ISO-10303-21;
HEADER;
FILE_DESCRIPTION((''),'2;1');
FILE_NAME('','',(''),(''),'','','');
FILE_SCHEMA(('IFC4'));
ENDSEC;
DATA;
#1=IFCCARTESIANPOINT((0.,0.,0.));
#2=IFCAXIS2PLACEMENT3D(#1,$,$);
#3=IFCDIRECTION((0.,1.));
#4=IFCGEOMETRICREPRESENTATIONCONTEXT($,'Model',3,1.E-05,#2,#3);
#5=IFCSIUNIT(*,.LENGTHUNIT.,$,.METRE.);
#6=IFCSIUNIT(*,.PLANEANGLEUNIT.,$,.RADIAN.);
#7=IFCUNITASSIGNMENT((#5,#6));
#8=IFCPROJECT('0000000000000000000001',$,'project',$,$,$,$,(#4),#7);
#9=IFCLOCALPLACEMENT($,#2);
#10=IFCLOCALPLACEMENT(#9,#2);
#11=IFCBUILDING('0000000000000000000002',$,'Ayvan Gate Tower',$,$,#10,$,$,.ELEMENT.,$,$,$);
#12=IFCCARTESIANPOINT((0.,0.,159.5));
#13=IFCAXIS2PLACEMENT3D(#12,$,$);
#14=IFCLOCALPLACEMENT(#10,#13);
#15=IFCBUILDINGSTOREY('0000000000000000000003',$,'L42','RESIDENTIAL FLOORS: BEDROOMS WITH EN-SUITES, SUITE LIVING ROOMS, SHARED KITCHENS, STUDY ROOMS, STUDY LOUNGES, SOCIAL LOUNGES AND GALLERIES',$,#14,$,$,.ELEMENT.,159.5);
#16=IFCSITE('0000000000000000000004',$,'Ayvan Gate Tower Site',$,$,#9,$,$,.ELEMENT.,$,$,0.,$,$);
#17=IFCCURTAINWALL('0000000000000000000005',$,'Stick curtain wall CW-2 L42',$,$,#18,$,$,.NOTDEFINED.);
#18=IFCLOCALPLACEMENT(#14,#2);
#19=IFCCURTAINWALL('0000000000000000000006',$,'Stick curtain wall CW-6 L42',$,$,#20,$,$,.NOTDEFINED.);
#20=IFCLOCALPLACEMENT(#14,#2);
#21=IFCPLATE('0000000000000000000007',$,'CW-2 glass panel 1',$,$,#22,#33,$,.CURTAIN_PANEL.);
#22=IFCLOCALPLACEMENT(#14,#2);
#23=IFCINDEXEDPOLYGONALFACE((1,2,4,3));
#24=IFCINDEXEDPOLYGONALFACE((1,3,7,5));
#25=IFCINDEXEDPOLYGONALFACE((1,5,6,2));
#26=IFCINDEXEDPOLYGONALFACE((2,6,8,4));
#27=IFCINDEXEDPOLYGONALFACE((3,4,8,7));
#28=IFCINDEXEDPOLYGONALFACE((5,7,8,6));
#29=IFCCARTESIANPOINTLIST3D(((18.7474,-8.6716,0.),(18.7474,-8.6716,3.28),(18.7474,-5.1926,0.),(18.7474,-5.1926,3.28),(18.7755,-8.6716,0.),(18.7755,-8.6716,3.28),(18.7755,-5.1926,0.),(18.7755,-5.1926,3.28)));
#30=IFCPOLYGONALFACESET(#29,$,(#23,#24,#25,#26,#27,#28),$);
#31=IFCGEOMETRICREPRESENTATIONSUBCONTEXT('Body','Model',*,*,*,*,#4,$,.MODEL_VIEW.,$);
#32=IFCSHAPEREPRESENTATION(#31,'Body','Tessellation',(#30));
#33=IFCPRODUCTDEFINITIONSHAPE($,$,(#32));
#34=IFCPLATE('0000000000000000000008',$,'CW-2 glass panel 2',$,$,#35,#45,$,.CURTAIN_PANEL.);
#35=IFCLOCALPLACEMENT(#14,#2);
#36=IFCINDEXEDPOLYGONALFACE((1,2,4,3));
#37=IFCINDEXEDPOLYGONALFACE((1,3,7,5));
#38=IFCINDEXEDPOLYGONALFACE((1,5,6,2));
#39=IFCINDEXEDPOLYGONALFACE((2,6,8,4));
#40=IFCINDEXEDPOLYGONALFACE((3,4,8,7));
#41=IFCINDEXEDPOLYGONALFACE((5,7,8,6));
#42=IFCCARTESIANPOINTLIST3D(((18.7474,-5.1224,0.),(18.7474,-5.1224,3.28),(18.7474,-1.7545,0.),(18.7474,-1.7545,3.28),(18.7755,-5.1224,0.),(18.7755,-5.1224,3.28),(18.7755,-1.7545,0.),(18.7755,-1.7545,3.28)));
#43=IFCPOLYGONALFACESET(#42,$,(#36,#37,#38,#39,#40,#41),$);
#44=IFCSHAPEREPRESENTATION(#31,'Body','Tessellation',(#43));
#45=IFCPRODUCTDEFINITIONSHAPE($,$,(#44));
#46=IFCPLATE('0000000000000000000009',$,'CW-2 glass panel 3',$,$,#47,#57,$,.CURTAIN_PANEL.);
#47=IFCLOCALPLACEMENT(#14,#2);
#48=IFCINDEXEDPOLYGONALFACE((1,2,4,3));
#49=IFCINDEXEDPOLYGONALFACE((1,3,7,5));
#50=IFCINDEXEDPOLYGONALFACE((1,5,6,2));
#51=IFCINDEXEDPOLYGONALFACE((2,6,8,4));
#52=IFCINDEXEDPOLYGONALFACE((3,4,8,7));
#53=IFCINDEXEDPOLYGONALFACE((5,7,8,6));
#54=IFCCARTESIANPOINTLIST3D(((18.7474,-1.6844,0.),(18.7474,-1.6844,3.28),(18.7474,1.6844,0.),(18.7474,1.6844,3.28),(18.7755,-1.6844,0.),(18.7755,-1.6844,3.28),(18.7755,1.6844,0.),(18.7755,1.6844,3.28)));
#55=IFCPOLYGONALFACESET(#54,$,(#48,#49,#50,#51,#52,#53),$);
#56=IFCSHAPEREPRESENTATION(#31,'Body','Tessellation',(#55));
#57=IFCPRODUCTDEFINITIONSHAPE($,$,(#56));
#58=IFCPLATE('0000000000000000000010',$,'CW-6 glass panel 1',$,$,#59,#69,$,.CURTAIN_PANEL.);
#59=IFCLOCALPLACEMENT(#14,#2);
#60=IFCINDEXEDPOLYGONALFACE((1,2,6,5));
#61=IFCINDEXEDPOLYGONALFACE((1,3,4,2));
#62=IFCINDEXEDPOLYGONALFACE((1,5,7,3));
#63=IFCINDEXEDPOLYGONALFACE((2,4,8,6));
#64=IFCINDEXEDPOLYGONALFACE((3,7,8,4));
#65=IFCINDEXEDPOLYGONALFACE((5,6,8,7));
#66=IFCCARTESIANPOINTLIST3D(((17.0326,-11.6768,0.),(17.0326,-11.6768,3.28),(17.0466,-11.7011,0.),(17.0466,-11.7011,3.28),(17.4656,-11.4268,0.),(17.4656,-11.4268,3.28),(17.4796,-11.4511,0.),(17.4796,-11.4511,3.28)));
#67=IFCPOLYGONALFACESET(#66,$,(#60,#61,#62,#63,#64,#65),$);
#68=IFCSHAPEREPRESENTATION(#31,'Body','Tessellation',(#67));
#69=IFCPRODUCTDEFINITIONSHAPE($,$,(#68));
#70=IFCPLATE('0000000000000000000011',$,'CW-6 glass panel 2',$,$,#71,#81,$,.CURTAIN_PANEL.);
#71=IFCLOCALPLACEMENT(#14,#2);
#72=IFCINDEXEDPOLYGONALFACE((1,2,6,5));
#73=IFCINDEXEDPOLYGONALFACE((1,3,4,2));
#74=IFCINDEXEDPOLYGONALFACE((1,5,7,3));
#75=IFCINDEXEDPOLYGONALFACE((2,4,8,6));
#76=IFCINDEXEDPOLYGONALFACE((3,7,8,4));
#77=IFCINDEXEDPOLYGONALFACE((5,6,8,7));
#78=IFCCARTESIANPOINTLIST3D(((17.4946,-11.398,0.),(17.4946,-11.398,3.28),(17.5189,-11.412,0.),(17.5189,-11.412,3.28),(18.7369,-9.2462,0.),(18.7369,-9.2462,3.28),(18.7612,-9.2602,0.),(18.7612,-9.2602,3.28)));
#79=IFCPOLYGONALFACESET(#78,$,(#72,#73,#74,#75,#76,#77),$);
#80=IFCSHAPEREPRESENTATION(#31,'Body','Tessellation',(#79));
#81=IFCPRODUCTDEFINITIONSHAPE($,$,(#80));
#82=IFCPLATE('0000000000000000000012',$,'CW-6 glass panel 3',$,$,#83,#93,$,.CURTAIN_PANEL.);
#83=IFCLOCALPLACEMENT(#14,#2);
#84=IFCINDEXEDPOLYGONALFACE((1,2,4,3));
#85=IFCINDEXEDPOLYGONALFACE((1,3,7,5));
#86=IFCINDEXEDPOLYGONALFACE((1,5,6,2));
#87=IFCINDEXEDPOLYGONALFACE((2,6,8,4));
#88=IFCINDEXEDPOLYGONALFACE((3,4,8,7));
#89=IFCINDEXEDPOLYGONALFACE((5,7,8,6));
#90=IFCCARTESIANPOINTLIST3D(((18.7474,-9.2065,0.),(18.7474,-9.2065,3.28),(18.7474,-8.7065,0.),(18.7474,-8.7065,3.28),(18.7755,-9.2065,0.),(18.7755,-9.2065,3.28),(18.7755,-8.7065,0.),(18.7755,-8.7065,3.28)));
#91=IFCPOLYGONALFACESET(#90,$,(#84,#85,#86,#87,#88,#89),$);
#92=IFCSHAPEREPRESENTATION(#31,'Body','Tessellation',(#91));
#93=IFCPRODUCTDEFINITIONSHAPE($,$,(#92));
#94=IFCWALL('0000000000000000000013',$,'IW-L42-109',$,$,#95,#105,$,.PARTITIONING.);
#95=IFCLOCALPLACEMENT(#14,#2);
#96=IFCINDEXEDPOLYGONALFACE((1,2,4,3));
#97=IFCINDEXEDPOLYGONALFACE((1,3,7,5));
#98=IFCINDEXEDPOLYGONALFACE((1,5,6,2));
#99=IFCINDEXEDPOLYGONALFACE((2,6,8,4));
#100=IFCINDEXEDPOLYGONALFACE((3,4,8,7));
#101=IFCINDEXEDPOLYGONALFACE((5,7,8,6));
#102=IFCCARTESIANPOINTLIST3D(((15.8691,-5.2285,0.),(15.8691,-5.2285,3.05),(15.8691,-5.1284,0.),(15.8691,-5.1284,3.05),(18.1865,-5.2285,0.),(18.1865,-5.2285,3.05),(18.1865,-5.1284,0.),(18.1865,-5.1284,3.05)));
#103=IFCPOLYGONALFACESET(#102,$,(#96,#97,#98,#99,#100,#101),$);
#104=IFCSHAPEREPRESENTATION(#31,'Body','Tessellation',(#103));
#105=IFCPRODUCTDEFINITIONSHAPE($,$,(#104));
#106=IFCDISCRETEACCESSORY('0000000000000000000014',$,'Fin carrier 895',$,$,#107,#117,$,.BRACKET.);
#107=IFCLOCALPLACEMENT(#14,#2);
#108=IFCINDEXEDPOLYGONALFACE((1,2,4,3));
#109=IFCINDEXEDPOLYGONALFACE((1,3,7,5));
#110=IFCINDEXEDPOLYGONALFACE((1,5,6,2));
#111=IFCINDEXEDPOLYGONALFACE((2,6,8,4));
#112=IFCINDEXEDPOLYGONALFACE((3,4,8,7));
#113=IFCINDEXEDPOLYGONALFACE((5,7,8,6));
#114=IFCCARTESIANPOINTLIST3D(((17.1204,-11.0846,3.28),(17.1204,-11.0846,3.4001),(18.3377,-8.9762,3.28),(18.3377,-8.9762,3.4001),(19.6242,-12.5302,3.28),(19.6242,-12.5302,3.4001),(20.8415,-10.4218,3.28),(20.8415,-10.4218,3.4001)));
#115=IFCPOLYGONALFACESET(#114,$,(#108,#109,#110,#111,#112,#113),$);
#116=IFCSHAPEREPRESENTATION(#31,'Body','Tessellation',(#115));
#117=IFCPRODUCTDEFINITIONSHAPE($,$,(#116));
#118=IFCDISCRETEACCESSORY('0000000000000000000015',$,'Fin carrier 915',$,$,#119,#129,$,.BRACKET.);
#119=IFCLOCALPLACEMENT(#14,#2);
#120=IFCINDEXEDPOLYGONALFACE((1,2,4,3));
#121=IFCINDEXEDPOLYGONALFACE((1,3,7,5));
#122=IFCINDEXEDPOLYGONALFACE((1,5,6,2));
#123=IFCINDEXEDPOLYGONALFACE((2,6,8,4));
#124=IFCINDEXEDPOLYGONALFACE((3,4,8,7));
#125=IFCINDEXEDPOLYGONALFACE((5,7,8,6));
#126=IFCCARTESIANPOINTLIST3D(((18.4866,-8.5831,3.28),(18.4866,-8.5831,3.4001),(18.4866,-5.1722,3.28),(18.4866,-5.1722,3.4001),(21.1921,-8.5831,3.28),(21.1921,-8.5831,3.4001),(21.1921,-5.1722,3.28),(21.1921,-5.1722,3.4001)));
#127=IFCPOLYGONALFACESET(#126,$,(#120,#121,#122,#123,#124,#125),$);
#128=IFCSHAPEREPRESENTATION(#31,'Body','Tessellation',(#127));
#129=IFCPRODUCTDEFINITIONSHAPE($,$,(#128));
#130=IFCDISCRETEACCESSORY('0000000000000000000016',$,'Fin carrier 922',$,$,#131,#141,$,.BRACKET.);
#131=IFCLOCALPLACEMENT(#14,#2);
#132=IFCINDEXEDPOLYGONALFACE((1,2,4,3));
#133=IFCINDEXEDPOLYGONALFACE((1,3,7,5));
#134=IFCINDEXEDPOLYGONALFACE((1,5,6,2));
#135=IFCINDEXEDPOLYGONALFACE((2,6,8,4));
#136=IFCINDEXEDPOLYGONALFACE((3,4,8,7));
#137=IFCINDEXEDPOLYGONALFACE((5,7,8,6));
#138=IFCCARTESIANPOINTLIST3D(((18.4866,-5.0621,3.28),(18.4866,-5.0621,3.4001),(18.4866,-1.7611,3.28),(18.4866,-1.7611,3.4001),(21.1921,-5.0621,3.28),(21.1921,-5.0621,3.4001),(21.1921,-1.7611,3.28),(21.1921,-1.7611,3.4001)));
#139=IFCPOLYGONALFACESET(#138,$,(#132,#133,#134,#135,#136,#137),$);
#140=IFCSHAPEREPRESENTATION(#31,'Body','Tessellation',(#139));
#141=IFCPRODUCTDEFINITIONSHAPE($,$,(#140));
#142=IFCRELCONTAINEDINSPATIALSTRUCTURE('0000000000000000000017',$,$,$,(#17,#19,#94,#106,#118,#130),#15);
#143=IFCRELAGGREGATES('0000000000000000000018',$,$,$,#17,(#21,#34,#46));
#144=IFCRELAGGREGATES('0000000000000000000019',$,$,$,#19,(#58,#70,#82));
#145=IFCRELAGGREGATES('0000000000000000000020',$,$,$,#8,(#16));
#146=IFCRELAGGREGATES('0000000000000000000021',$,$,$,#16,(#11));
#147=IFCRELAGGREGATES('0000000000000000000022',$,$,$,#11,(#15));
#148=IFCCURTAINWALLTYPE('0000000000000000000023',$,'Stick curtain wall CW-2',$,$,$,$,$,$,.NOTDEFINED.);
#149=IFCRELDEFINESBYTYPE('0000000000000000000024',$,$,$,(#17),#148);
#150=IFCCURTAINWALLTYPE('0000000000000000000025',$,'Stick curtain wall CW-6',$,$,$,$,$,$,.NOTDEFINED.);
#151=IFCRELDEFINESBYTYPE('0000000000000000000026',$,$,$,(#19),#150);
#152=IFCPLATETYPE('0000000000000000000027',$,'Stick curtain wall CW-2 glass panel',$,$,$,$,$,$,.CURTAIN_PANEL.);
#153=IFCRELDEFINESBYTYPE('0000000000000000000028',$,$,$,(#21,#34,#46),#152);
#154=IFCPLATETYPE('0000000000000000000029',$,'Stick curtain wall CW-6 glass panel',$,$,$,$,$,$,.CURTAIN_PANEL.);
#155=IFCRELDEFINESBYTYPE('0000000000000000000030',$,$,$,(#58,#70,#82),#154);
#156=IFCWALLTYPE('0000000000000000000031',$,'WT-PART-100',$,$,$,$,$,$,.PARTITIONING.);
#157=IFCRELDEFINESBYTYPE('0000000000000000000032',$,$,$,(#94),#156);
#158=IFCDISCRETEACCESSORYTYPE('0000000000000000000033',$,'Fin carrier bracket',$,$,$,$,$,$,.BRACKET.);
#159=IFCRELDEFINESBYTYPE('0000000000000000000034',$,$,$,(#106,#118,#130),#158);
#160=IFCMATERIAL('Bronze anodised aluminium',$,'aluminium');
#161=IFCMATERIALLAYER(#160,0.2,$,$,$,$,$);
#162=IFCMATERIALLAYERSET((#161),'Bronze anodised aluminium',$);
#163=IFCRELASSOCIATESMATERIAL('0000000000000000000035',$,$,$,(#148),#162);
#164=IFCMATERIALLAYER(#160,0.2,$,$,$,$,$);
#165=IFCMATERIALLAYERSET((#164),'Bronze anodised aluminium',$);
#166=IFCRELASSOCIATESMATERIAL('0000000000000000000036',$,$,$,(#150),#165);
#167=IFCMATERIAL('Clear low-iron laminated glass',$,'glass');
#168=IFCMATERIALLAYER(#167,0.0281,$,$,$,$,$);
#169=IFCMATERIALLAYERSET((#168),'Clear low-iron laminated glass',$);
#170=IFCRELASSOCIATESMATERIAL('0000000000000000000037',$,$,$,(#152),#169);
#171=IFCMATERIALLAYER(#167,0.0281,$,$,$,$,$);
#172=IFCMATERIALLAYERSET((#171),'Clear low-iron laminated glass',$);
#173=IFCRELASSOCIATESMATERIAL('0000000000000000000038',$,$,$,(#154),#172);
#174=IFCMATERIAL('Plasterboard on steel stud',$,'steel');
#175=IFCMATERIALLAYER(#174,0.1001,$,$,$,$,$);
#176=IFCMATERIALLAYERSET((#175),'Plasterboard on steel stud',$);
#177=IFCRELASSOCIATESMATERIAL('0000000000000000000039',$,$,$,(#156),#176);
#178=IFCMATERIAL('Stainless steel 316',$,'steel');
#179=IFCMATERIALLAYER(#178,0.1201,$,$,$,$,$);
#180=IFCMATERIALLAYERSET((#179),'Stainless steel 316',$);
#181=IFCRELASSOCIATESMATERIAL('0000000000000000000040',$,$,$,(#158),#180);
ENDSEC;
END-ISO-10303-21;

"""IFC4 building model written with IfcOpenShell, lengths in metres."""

from ifc_helpers import new_model, si_unit, direction, frame, frame_2d, origin, origin_2d, place, context, subcontext, project, spatial, rectangle, extrude, material, layer, layer_set, type_object, element, aggregate, save


model = new_model("IFC4")

# Units and contexts
model_context = context("Model", 3, precision=1e-05, world=origin(), true_north=direction((0.0, 1.0)))
body_context = subcontext(model_context, "Body", "Model", "MODEL_VIEW")
ifc_project = project(units=[si_unit("LENGTHUNIT", "METRE"), si_unit("PLANEANGLEUNIT", "RADIAN")], contexts=[model_context])

# Site, building, storey
site_placement = place(None, origin())
site = spatial("IfcSite", under=ifc_project, at=site_placement, Name="Ayvan Gate Tower Site", CompositionType="ELEMENT", RefElevation=0.0)
building_placement = place(site_placement, origin())
building = spatial("IfcBuilding", under=site, at=building_placement, Name="Ayvan Gate Tower", CompositionType="ELEMENT")
storey_placement = place(building_placement, frame((0.0, 0.0, 159.5)))
storey = spatial("IfcBuildingStorey", under=building, at=storey_placement, Name="L42", Description="RESIDENTIAL FLOORS: BEDROOMS WITH EN-SUITES, SUITE LIVING ROOMS, SHARED KITCHENS, STUDY ROOMS, STUDY LOUNGES, SOCIAL LOUNGES AND GALLERIES", CompositionType="ELEMENT", Elevation=159.5)

# Curtain walls
ifc_material_1 = material(Name="Bronze anodised aluminium", Category="aluminium")
ifc_layer_1 = layer(ifc_material_1, 0.2)
ifc_layer_set_1 = layer_set([ifc_layer_1], Name="Bronze anodised aluminium")
curtain_wall_type_1 = type_object("IfcCurtainWallType", Name="Stick curtain wall CW-2", PredefinedType="NOTDEFINED", material=ifc_layer_set_1)
curtain_wall_1_placement = place(storey_placement, origin())
curtain_wall_1 = element("IfcCurtainWall", 1, at=curtain_wall_1_placement, inside=storey, type_object=curtain_wall_type_1, Name="Stick curtain wall CW-2 L42", PredefinedType="NOTDEFINED")
ifc_layer_2 = layer(ifc_material_1, 0.2)
ifc_layer_set_2 = layer_set([ifc_layer_2], Name="Bronze anodised aluminium")
curtain_wall_type_2 = type_object("IfcCurtainWallType", Name="Stick curtain wall CW-6", PredefinedType="NOTDEFINED", material=ifc_layer_set_2)
curtain_wall_2_placement = place(storey_placement, origin())
curtain_wall_2 = element("IfcCurtainWall", 2, at=curtain_wall_2_placement, inside=storey, type_object=curtain_wall_type_2, Name="Stick curtain wall CW-6 L42", PredefinedType="NOTDEFINED")

# Plates
ifc_material_2 = material(Name="Clear low-iron laminated glass", Category="glass")
ifc_layer_3 = layer(ifc_material_2, 0.0281)
ifc_layer_set_3 = layer_set([ifc_layer_3], Name="Clear low-iron laminated glass")
plate_type_1 = type_object("IfcPlateType", Name="Stick curtain wall CW-2 glass panel", PredefinedType="CURTAIN_PANEL", material=ifc_layer_set_3)
plate_1_placement = place(storey_placement, frame((18.7615, -6.9321, 0.0), z_axis=(0.0, 0.0, 1.0), x_axis=(0.0, 1.0, 0.0)))
plate_1 = element("IfcPlate", 3, at=plate_1_placement, type_object=plate_type_1, Name="CW-2 glass panel 1", PredefinedType="CURTAIN_PANEL", context=body_context, shape_type="SweptSolid", body=[
    extrude(rectangle(XDim=3.479, YDim=0.0281, at=origin_2d()), origin(), (0.0, 0.0, 1.0), 3.28),
])
plate_2_placement = place(storey_placement, frame((18.7615, -3.4385, 0.0), z_axis=(0.0, 0.0, 1.0), x_axis=(0.0, 1.0, 0.0)))
plate_2 = element("IfcPlate", 4, at=plate_2_placement, type_object=plate_type_1, Name="CW-2 glass panel 2", PredefinedType="CURTAIN_PANEL", context=body_context, shape_type="SweptSolid", body=[
    extrude(rectangle(XDim=3.3679, YDim=0.0281, at=origin_2d()), origin(), (0.0, 0.0, 1.0), 3.28),
])
plate_3_placement = place(storey_placement, frame((18.7615, 0.0, 0.0), z_axis=(0.0, 0.0, 1.0), x_axis=(0.0, 1.0, 0.0)))
plate_3 = element("IfcPlate", 5, at=plate_3_placement, type_object=plate_type_1, Name="CW-2 glass panel 3", PredefinedType="CURTAIN_PANEL", context=body_context, shape_type="SweptSolid", body=[
    extrude(rectangle(XDim=3.3689, YDim=0.0281, at=origin_2d()), origin(), (0.0, 0.0, 1.0), 3.28),
])
aggregate(curtain_wall_1, [plate_1, plate_2, plate_3])
ifc_layer_4 = layer(ifc_material_2, 0.0281)
ifc_layer_set_4 = layer_set([ifc_layer_4], Name="Clear low-iron laminated glass")
plate_type_2 = type_object("IfcPlateType", Name="Stick curtain wall CW-6 glass panel", PredefinedType="CURTAIN_PANEL", material=ifc_layer_set_4)
plate_4_placement = place(storey_placement, frame((17.2561, -11.564, 0.0), z_axis=(0.0, 0.0, 1.0), x_axis=(0.866025, 0.5, 0.0)))
plate_4 = element("IfcPlate", 6, at=plate_4_placement, type_object=plate_type_2, Name="CW-6 glass panel 1", PredefinedType="CURTAIN_PANEL", context=body_context, shape_type="SweptSolid", body=[
    extrude(rectangle(XDim=0.5, YDim=0.0281, at=origin_2d()), origin(), (0.0, 0.0, 1.0), 3.28),
])
plate_5_placement = place(storey_placement, frame((18.1279, -10.3291, 0.0), z_axis=(0.0, 0.0, 1.0), x_axis=(0.5, 0.866025, 0.0)))
plate_5 = element("IfcPlate", 7, at=plate_5_placement, type_object=plate_type_2, Name="CW-6 glass panel 2", PredefinedType="CURTAIN_PANEL", context=body_context, shape_type="SweptSolid", body=[
    extrude(rectangle(XDim=2.4846, YDim=0.0281, at=origin_2d()), origin(), (0.0, 0.0, 1.0), 3.28),
])
plate_6_placement = place(storey_placement, frame((18.7615, -8.9565, 0.0), z_axis=(0.0, 0.0, 1.0), x_axis=(0.0, 1.0, 0.0)))
plate_6 = element("IfcPlate", 8, at=plate_6_placement, type_object=plate_type_2, Name="CW-6 glass panel 3", PredefinedType="CURTAIN_PANEL", context=body_context, shape_type="SweptSolid", body=[
    extrude(rectangle(XDim=0.5, YDim=0.0281, at=origin_2d()), origin(), (0.0, 0.0, 1.0), 3.28),
])
aggregate(curtain_wall_2, [plate_4, plate_5, plate_6])

# Wall
ifc_material_3 = material(Name="Plasterboard on steel stud", Category="steel")
ifc_layer_5 = layer(ifc_material_3, 0.1001)
ifc_layer_set_5 = layer_set([ifc_layer_5], Name="Plasterboard on steel stud")
wall_type = type_object("IfcWallType", Name="WT-PART-100", PredefinedType="PARTITIONING", material=ifc_layer_set_5)
wall_placement = place(storey_placement, frame((18.1865, -5.1785, 0.0), z_axis=(0.0, 0.0, 1.0), x_axis=(-1.0, 0.0, 0.0)))
element("IfcWall", 9, at=wall_placement, inside=storey, type_object=wall_type, Name="IW-L42-109", PredefinedType="PARTITIONING", context=body_context, shape_type="SweptSolid", body=[
    extrude(rectangle(XDim=2.3174, YDim=0.1001, at=frame_2d((1.1587, 0.0))), origin(), (0.0, 0.0, 1.0), 3.05),
])

# Discrete accessories
ifc_material_4 = material(Name="Stainless steel 316", Category="steel")
ifc_layer_6 = layer(ifc_material_4, 0.1201)
ifc_layer_set_6 = layer_set([ifc_layer_6], Name="Stainless steel 316")
discrete_accessory_type = type_object("IfcDiscreteAccessoryType", Name="Fin carrier bracket", PredefinedType="BRACKET", material=ifc_layer_set_6)
discrete_accessory_1_placement = place(storey_placement, frame((18.981, -10.7532, 3.28), z_axis=(0.0, 0.0, 1.0), x_axis=(0.5, 0.866025, 0.0)))
element("IfcDiscreteAccessory", 10, at=discrete_accessory_1_placement, inside=storey, type_object=discrete_accessory_type, Name="Fin carrier 895", PredefinedType="BRACKET", context=body_context, shape_type="SweptSolid", body=[
    extrude(rectangle(XDim=2.4346, YDim=2.8911, at=origin_2d()), origin(), (0.0, 0.0, 1.0), 0.1201),
])
discrete_accessory_2_placement = place(storey_placement, frame((19.8394, -6.8777, 3.28), z_axis=(0.0, 0.0, 1.0), x_axis=(0.0, 1.0, 0.0)))
element("IfcDiscreteAccessory", 11, at=discrete_accessory_2_placement, inside=storey, type_object=discrete_accessory_type, Name="Fin carrier 915", PredefinedType="BRACKET", context=body_context, shape_type="SweptSolid", body=[
    extrude(rectangle(XDim=3.4109, YDim=2.7056, at=origin_2d()), origin(), (0.0, 0.0, 1.0), 0.1201),
])
discrete_accessory_3_placement = place(storey_placement, frame((19.8394, -3.4116, 3.28), z_axis=(0.0, 0.0, 1.0), x_axis=(0.0, 1.0, 0.0)))
element("IfcDiscreteAccessory", 12, at=discrete_accessory_3_placement, inside=storey, type_object=discrete_accessory_type, Name="Fin carrier 922", PredefinedType="BRACKET", context=body_context, shape_type="SweptSolid", body=[
    extrude(rectangle(XDim=3.301, YDim=2.7056, at=origin_2d()), origin(), (0.0, 0.0, 1.0), 0.1201),
])

save(model, "model.ifc")
